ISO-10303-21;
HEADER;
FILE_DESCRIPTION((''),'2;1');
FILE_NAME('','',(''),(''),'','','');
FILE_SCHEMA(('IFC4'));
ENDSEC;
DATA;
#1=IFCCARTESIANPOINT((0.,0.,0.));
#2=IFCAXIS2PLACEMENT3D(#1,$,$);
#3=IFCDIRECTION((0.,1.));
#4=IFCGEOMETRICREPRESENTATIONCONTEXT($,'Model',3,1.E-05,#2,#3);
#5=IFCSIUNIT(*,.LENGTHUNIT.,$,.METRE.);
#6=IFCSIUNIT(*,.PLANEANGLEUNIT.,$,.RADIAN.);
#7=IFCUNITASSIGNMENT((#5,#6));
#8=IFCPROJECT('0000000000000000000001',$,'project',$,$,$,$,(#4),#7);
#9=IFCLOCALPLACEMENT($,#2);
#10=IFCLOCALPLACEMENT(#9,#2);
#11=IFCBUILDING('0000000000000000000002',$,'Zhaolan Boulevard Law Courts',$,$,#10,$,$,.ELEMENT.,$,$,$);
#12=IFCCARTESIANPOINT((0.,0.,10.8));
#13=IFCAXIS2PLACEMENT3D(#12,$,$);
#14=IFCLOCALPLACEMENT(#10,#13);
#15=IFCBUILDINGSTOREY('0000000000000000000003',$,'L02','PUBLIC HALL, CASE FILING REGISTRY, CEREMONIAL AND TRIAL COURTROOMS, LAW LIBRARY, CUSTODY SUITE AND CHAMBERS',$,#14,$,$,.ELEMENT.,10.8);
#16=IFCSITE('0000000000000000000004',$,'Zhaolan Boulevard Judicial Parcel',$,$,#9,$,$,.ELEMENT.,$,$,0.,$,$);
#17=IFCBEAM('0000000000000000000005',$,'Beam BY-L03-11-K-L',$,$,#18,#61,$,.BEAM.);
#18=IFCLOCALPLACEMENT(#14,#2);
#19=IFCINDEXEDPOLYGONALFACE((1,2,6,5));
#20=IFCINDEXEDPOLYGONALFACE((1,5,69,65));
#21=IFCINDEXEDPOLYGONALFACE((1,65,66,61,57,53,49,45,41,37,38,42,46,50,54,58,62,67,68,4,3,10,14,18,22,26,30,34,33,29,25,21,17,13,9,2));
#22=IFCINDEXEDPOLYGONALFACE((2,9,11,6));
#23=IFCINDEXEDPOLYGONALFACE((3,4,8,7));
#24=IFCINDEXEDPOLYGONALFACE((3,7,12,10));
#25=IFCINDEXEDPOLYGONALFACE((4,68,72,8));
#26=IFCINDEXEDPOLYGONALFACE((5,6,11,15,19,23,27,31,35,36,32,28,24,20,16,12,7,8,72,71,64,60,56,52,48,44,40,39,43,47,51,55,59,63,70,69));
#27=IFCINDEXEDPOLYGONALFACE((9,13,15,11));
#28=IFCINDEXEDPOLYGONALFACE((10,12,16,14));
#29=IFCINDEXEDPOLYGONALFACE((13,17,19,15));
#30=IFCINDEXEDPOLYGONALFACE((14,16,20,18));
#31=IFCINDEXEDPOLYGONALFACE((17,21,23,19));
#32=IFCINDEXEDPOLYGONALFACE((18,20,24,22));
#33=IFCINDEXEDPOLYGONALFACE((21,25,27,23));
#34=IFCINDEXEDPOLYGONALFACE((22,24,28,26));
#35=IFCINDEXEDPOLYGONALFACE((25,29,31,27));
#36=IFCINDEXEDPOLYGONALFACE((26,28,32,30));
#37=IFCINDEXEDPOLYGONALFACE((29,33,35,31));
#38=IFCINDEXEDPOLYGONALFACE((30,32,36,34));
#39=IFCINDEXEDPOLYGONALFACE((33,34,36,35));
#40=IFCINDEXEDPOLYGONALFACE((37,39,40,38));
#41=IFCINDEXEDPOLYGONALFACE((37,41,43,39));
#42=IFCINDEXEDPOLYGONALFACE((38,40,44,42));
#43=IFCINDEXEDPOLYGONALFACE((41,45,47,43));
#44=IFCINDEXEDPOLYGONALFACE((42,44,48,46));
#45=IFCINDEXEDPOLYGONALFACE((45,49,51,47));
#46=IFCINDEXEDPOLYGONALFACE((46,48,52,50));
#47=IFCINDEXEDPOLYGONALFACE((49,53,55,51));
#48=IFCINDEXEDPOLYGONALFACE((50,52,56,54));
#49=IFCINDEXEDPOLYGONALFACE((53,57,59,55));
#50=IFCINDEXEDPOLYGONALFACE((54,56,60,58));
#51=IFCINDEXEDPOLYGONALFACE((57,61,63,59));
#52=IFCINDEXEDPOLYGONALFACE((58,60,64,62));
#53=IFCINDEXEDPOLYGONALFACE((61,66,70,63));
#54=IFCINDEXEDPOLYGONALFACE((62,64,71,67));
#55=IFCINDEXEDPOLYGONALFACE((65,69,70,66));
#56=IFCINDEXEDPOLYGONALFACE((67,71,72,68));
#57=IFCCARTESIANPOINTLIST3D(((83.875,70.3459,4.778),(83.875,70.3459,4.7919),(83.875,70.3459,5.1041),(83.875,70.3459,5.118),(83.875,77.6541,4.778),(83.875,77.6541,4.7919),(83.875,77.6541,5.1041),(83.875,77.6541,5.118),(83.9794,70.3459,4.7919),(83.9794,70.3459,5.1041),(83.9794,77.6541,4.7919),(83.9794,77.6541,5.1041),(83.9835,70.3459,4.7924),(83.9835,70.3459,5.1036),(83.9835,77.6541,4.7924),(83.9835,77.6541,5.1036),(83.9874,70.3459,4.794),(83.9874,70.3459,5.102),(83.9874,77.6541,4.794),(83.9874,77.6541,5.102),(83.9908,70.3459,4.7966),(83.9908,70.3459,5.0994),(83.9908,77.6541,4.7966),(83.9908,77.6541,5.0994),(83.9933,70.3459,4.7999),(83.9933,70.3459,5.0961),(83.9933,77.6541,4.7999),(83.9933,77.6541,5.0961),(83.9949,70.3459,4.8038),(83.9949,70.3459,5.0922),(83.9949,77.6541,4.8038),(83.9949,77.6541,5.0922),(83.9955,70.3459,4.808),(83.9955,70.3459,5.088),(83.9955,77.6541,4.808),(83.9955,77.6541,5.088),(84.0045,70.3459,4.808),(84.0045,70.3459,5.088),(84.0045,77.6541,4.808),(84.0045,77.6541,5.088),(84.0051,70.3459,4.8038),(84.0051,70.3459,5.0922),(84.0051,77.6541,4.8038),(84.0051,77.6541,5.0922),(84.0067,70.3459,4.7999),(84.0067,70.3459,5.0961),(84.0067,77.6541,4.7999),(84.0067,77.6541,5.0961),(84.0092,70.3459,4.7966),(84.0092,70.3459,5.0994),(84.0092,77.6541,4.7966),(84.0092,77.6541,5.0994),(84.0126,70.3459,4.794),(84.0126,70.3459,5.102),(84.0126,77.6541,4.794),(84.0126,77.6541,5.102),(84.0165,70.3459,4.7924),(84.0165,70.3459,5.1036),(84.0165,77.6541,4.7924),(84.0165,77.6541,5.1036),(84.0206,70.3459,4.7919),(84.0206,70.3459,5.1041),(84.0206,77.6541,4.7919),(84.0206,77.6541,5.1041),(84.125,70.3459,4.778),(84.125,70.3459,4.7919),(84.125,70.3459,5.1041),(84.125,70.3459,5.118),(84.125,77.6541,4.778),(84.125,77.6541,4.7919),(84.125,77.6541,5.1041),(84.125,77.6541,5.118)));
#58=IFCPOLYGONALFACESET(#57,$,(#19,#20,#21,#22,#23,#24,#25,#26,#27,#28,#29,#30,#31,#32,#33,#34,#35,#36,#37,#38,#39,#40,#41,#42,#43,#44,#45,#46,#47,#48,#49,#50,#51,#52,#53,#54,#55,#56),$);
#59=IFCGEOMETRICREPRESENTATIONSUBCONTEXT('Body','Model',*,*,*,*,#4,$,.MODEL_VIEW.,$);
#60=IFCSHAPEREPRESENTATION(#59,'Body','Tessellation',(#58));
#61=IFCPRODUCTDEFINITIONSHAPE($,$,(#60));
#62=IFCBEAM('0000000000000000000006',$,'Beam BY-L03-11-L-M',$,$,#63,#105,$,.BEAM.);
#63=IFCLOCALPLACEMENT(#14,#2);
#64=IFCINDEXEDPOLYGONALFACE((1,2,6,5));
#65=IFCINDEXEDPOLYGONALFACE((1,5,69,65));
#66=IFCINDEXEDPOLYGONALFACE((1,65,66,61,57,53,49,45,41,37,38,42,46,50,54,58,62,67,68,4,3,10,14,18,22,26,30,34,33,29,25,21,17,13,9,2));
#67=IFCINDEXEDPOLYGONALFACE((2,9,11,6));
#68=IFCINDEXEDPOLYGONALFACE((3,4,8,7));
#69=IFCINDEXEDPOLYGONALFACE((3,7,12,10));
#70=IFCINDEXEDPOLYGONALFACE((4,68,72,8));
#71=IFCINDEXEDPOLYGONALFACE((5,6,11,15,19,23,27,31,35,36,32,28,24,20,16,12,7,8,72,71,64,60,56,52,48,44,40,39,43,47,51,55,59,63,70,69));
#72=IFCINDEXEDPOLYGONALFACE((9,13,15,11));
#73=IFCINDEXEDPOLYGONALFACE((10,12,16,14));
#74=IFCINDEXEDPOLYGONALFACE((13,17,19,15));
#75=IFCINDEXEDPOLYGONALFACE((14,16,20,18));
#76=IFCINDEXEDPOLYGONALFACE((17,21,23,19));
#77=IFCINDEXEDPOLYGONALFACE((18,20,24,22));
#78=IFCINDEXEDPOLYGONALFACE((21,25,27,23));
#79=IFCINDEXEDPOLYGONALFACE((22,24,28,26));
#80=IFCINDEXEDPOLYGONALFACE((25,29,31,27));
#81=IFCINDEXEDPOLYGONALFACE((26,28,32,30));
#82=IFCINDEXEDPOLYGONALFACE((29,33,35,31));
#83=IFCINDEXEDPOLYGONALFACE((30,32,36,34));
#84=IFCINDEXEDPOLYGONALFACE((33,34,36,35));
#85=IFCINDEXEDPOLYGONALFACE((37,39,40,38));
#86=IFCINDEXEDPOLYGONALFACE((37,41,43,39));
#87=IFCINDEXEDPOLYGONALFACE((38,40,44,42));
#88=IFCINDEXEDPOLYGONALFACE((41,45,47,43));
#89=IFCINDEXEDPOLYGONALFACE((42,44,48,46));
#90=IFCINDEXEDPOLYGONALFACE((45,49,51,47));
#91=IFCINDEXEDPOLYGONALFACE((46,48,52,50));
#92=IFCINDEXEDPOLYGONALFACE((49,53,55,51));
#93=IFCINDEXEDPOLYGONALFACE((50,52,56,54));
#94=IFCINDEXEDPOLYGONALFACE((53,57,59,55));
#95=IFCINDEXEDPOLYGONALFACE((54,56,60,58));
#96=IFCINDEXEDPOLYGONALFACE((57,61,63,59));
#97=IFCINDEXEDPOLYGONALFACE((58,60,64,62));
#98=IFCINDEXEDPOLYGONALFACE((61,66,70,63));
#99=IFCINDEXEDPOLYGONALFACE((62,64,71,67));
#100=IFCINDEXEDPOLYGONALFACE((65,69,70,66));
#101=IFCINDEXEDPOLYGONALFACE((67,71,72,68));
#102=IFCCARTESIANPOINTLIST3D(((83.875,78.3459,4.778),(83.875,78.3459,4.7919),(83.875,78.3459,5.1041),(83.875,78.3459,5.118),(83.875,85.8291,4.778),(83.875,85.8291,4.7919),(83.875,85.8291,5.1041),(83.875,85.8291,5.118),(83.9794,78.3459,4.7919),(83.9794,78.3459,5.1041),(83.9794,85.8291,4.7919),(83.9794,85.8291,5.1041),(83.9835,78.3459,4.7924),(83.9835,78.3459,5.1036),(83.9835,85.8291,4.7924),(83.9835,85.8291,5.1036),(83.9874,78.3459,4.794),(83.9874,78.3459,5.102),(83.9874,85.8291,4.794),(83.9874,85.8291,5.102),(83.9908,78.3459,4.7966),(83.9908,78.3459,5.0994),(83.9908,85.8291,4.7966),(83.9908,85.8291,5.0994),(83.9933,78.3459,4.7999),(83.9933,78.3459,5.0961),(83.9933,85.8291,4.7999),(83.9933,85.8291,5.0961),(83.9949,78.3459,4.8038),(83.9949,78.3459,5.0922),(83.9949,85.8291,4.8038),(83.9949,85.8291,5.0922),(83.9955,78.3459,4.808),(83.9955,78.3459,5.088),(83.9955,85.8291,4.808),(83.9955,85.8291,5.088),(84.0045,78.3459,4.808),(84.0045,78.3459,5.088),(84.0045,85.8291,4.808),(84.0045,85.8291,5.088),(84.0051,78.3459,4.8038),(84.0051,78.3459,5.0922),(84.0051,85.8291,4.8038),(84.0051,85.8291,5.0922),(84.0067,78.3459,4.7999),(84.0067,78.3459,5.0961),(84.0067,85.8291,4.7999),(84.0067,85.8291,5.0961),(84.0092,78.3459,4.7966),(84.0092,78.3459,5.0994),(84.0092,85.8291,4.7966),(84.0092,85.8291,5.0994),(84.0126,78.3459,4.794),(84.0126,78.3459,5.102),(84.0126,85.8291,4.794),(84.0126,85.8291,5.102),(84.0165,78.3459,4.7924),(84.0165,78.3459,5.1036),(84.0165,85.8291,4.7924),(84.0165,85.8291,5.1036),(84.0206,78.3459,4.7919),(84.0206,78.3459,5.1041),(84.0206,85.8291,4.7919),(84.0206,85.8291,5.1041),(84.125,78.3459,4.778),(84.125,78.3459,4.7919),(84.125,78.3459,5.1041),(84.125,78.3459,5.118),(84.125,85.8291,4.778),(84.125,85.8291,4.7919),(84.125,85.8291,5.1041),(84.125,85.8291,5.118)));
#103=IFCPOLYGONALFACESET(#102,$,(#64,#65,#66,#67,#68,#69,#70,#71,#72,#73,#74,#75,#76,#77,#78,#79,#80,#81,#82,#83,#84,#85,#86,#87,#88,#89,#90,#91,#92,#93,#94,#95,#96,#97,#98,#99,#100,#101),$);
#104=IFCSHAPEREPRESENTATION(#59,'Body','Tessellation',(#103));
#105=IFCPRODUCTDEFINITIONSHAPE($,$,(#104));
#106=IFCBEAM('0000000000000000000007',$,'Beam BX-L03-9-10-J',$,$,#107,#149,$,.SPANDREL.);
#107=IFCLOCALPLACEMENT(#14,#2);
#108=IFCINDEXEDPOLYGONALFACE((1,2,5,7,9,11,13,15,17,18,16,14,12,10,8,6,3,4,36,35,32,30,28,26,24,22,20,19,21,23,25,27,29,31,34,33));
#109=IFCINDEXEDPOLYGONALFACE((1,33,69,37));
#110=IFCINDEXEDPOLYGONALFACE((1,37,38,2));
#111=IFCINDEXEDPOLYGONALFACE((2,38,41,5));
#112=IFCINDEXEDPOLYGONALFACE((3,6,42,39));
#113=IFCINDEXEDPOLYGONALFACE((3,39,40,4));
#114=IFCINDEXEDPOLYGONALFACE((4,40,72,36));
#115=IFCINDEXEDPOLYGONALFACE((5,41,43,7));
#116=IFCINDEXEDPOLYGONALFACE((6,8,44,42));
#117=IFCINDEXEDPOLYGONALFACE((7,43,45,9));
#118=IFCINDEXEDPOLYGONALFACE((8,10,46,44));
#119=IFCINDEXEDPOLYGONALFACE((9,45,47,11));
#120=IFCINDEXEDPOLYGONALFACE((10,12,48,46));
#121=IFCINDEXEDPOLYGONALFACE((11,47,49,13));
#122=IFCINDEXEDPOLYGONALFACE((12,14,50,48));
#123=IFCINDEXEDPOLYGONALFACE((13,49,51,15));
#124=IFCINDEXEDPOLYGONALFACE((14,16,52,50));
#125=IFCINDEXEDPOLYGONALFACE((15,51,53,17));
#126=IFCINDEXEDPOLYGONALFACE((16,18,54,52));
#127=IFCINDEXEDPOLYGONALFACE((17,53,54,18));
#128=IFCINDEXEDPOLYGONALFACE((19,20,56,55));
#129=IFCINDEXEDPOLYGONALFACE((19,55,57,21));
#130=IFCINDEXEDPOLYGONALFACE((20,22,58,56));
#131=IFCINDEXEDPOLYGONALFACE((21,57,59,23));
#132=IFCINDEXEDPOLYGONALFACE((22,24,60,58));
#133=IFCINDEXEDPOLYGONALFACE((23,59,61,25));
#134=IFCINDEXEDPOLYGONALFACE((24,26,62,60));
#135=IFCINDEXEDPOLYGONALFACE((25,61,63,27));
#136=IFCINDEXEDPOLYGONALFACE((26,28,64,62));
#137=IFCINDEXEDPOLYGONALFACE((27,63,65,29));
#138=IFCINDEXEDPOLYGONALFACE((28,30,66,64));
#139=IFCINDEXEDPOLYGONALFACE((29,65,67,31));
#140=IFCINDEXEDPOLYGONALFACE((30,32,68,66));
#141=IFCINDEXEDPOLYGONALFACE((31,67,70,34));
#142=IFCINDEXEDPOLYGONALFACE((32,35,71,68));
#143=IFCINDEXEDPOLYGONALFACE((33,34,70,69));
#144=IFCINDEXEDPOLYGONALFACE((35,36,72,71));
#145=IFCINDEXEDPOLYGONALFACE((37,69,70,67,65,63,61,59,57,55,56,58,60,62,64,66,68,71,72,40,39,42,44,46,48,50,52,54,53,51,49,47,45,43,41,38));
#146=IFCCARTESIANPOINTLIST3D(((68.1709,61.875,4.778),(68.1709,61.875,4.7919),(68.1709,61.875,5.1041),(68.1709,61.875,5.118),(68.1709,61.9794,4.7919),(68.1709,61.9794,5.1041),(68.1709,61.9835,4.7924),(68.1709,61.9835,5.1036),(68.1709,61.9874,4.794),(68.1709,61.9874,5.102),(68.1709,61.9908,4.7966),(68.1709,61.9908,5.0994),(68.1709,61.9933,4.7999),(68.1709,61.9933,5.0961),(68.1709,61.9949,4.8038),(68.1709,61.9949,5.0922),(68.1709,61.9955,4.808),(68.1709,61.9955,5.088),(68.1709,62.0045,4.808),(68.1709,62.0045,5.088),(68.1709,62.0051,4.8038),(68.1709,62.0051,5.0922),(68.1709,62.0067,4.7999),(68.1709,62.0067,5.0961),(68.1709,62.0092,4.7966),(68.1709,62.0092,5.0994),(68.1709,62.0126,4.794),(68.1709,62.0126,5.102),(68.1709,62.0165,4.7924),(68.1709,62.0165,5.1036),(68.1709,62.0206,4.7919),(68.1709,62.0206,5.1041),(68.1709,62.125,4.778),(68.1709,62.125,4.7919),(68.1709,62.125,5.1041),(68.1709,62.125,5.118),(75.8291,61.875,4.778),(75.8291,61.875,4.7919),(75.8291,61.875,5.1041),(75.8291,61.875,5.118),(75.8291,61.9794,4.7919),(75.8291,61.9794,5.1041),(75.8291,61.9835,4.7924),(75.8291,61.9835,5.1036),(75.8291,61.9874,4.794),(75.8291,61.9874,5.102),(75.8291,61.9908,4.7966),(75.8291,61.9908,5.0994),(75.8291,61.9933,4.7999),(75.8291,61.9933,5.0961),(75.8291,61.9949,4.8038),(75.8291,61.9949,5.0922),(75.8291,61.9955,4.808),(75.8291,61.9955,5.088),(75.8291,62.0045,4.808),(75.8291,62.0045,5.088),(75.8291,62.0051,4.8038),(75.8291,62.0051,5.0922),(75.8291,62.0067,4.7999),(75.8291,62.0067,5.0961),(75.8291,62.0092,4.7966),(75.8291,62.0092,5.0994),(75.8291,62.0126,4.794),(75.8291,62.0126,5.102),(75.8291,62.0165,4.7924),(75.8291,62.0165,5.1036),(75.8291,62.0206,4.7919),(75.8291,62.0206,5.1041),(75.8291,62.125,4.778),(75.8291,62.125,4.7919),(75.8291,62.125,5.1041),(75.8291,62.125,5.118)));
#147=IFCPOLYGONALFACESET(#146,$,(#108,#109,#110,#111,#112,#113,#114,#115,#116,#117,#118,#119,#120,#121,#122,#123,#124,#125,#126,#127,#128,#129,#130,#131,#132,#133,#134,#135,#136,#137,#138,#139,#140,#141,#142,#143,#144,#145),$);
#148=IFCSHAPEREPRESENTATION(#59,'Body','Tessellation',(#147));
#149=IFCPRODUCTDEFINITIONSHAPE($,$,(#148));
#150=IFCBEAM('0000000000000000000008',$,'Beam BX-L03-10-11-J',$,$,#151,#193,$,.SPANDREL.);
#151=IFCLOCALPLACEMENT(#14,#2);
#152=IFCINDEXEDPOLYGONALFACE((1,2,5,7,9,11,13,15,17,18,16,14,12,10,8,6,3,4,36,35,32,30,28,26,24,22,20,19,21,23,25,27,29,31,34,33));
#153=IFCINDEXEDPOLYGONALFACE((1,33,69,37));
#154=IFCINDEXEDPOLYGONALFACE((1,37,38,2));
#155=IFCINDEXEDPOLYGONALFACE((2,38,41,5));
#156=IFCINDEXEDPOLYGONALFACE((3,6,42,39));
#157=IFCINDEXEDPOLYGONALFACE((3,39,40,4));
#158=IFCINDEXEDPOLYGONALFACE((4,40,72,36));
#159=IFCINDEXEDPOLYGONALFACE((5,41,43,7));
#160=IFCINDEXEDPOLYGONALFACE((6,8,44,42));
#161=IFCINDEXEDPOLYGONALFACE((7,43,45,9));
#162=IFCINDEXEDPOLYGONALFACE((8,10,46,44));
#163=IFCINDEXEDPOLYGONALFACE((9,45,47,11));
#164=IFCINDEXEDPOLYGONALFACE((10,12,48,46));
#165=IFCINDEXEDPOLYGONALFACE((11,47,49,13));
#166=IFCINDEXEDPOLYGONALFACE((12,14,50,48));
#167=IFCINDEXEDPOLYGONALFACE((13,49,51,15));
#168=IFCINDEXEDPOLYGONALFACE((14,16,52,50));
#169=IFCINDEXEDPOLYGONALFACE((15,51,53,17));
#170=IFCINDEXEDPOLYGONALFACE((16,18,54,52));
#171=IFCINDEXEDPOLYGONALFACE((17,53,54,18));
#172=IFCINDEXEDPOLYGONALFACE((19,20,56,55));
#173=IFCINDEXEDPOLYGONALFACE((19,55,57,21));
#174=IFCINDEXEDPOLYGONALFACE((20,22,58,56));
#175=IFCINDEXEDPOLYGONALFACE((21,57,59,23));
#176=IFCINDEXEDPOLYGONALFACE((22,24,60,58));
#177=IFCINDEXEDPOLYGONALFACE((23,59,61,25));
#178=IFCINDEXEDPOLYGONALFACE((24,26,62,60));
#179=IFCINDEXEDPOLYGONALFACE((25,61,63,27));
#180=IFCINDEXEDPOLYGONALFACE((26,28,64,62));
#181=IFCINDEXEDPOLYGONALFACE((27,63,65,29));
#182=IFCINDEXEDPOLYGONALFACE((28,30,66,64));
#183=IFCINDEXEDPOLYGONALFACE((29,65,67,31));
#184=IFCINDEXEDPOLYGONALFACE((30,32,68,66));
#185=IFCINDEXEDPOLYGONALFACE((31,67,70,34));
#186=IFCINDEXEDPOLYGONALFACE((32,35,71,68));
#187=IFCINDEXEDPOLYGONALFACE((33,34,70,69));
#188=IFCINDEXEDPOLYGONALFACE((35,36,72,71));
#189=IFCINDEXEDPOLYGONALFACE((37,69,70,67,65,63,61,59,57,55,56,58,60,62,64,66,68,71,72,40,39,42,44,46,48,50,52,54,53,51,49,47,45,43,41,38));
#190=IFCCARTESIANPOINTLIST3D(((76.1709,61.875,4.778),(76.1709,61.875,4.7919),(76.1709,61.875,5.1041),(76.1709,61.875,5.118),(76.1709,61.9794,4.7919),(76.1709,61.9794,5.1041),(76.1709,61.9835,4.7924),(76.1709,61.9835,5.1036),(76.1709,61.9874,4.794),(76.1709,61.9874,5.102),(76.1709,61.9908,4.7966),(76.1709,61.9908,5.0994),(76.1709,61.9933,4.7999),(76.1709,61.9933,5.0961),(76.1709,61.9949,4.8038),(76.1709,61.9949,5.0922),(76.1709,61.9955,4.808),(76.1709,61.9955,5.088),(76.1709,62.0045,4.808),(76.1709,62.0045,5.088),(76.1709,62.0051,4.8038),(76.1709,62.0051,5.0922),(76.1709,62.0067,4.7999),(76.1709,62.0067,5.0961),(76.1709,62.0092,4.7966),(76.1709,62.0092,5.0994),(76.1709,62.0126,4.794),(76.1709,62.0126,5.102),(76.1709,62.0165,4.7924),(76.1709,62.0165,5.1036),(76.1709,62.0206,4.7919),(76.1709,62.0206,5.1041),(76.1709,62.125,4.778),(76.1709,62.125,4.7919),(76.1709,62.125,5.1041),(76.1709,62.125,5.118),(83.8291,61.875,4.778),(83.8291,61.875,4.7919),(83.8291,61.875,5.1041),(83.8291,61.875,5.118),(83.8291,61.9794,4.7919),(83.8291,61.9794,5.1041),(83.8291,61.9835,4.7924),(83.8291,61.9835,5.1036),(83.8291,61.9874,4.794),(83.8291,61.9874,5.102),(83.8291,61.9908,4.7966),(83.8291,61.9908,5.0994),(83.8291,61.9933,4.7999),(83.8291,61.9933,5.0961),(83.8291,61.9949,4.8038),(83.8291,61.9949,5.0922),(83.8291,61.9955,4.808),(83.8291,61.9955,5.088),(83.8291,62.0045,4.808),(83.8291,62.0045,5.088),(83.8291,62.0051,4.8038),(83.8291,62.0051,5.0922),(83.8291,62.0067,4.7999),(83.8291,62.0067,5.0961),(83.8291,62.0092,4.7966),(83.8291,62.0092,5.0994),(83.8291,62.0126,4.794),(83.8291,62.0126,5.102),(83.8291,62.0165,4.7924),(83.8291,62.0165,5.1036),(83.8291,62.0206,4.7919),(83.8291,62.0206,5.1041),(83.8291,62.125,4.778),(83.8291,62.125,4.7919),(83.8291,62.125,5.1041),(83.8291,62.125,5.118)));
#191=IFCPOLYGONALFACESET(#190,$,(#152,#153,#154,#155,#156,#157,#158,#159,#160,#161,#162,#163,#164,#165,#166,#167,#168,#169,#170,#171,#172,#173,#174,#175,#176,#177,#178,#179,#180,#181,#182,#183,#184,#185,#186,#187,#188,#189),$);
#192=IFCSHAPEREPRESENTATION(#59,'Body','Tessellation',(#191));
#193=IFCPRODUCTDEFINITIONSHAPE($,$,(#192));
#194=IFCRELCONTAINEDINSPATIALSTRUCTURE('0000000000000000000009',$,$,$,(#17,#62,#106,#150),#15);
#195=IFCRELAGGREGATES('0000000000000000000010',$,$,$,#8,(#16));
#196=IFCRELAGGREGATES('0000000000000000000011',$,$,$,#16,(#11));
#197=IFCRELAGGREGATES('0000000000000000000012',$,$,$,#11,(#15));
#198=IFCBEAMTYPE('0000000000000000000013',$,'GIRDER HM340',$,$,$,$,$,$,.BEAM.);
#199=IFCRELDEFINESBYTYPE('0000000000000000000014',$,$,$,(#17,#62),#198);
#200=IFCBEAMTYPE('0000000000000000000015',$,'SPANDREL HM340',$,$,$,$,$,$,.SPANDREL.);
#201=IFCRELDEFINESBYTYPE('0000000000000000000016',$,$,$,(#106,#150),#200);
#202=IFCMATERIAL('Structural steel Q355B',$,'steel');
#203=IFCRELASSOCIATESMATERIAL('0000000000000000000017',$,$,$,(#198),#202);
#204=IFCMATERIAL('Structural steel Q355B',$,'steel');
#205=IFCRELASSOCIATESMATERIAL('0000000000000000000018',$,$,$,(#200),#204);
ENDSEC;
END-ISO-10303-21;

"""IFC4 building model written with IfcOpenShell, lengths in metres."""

from ifc_helpers import new_model, si_unit, direction, frame, origin, origin_2d, place, context, subcontext, project, spatial, i_section, extrude, material, material_profile, profile_set, type_object, element, save


model = new_model("IFC4")

# Units and contexts
model_context = context("Model", 3, precision=1e-05, world=origin(), true_north=direction((0.0, 1.0)))
body_context = subcontext(model_context, "Body", "Model", "MODEL_VIEW")
ifc_project = project(units=[si_unit("LENGTHUNIT", "METRE"), si_unit("PLANEANGLEUNIT", "RADIAN")], contexts=[model_context])

# Site, building, storey
site_placement = place(None, origin())
site = spatial("IfcSite", under=ifc_project, at=site_placement, Name="Zhaolan Boulevard Judicial Parcel", CompositionType="ELEMENT", RefElevation=0.0)
building_placement = place(site_placement, origin())
building = spatial("IfcBuilding", under=site, at=building_placement, Name="Zhaolan Boulevard Law Courts", CompositionType="ELEMENT")
storey_placement = place(building_placement, frame((0.0, 0.0, 10.8)))
storey = spatial("IfcBuildingStorey", under=building, at=storey_placement, Name="L02", Description="PUBLIC HALL, CASE FILING REGISTRY, CEREMONIAL AND TRIAL COURTROOMS, LAW LIBRARY, CUSTODY SUITE AND CHAMBERS", CompositionType="ELEMENT", Elevation=10.8)

# Beams
ifc_material_1 = material(Name="Structural steel Q355B", Category="steel")
ifc_material_profile_1 = material_profile(ifc_material_1, i_section(OverallWidth=0.25, OverallDepth=0.3401, WebThickness=0.009, FlangeThickness=0.0139, FilletRadius=0.0161, at=origin_2d()), Name="HM340x250")
ifc_profile_set_1 = profile_set([ifc_material_profile_1], Name="Structural steel Q355B")
beam_type_1 = type_object("IfcBeamType", Name="GIRDER HM340", PredefinedType="BEAM", material=ifc_profile_set_1)
beam_1_placement = place(storey_placement, frame((84.0, 70.3459, 4.948), z_axis=(0.0, 1.0, 0.0), x_axis=(-1.0, 0.0, 0.0)))
element("IfcBeam", 1, at=beam_1_placement, inside=storey, type_object=beam_type_1, Name="Beam BY-L03-11-K-L", PredefinedType="BEAM", context=body_context, shape_type="SweptSolid", body=[
    extrude(i_section(OverallWidth=0.25, OverallDepth=0.3401, WebThickness=0.009, FlangeThickness=0.0139, FilletRadius=0.0161, at=origin_2d()), origin(), (0.0, 0.0, 1.0), 7.3081),
])
beam_2_placement = place(storey_placement, frame((84.0, 78.3459, 4.948), z_axis=(0.0, 1.0, 0.0), x_axis=(-1.0, 0.0, 0.0)))
element("IfcBeam", 2, at=beam_2_placement, inside=storey, type_object=beam_type_1, Name="Beam BY-L03-11-L-M", PredefinedType="BEAM", context=body_context, shape_type="SweptSolid", body=[
    extrude(i_section(OverallWidth=0.25, OverallDepth=0.3401, WebThickness=0.009, FlangeThickness=0.0139, FilletRadius=0.0161, at=origin_2d()), origin(), (0.0, 0.0, 1.0), 7.4832),
])
ifc_material_2 = material(Name="Structural steel Q355B", Category="steel")
ifc_material_profile_2 = material_profile(ifc_material_2, i_section(OverallWidth=0.25, OverallDepth=0.3401, WebThickness=0.009, FlangeThickness=0.0139, FilletRadius=0.0161, at=origin_2d()), Name="HM340x250")
ifc_profile_set_2 = profile_set([ifc_material_profile_2], Name="Structural steel Q355B")
beam_type_2 = type_object("IfcBeamType", Name="SPANDREL HM340", PredefinedType="SPANDREL", material=ifc_profile_set_2)
for number, where, z_axis, x_axis, name in (
    (3, (68.1709, 62.0, 4.948), (1.0, 0.0, 0.0), (0.0, 1.0, 0.0), "Beam BX-L03-9-10-J"),
    (4, (76.1709, 62.0, 4.948), (1.0, 0.0, 0.0), (0.0, 1.0, 0.0), "Beam BX-L03-10-11-J"),
):
    element("IfcBeam", number, at=place(storey_placement, frame(where, z_axis=z_axis, x_axis=x_axis)), inside=storey, type_object=beam_type_2, Name=name, PredefinedType="SPANDREL", context=body_context, shape_type="SweptSolid", body=[
        extrude(i_section(OverallWidth=0.25, OverallDepth=0.3401, WebThickness=0.009, FlangeThickness=0.0139, FilletRadius=0.0161, at=origin_2d()), origin(), (0.0, 0.0, 1.0), 7.6582),
    ])

save(model, "model.ifc")
